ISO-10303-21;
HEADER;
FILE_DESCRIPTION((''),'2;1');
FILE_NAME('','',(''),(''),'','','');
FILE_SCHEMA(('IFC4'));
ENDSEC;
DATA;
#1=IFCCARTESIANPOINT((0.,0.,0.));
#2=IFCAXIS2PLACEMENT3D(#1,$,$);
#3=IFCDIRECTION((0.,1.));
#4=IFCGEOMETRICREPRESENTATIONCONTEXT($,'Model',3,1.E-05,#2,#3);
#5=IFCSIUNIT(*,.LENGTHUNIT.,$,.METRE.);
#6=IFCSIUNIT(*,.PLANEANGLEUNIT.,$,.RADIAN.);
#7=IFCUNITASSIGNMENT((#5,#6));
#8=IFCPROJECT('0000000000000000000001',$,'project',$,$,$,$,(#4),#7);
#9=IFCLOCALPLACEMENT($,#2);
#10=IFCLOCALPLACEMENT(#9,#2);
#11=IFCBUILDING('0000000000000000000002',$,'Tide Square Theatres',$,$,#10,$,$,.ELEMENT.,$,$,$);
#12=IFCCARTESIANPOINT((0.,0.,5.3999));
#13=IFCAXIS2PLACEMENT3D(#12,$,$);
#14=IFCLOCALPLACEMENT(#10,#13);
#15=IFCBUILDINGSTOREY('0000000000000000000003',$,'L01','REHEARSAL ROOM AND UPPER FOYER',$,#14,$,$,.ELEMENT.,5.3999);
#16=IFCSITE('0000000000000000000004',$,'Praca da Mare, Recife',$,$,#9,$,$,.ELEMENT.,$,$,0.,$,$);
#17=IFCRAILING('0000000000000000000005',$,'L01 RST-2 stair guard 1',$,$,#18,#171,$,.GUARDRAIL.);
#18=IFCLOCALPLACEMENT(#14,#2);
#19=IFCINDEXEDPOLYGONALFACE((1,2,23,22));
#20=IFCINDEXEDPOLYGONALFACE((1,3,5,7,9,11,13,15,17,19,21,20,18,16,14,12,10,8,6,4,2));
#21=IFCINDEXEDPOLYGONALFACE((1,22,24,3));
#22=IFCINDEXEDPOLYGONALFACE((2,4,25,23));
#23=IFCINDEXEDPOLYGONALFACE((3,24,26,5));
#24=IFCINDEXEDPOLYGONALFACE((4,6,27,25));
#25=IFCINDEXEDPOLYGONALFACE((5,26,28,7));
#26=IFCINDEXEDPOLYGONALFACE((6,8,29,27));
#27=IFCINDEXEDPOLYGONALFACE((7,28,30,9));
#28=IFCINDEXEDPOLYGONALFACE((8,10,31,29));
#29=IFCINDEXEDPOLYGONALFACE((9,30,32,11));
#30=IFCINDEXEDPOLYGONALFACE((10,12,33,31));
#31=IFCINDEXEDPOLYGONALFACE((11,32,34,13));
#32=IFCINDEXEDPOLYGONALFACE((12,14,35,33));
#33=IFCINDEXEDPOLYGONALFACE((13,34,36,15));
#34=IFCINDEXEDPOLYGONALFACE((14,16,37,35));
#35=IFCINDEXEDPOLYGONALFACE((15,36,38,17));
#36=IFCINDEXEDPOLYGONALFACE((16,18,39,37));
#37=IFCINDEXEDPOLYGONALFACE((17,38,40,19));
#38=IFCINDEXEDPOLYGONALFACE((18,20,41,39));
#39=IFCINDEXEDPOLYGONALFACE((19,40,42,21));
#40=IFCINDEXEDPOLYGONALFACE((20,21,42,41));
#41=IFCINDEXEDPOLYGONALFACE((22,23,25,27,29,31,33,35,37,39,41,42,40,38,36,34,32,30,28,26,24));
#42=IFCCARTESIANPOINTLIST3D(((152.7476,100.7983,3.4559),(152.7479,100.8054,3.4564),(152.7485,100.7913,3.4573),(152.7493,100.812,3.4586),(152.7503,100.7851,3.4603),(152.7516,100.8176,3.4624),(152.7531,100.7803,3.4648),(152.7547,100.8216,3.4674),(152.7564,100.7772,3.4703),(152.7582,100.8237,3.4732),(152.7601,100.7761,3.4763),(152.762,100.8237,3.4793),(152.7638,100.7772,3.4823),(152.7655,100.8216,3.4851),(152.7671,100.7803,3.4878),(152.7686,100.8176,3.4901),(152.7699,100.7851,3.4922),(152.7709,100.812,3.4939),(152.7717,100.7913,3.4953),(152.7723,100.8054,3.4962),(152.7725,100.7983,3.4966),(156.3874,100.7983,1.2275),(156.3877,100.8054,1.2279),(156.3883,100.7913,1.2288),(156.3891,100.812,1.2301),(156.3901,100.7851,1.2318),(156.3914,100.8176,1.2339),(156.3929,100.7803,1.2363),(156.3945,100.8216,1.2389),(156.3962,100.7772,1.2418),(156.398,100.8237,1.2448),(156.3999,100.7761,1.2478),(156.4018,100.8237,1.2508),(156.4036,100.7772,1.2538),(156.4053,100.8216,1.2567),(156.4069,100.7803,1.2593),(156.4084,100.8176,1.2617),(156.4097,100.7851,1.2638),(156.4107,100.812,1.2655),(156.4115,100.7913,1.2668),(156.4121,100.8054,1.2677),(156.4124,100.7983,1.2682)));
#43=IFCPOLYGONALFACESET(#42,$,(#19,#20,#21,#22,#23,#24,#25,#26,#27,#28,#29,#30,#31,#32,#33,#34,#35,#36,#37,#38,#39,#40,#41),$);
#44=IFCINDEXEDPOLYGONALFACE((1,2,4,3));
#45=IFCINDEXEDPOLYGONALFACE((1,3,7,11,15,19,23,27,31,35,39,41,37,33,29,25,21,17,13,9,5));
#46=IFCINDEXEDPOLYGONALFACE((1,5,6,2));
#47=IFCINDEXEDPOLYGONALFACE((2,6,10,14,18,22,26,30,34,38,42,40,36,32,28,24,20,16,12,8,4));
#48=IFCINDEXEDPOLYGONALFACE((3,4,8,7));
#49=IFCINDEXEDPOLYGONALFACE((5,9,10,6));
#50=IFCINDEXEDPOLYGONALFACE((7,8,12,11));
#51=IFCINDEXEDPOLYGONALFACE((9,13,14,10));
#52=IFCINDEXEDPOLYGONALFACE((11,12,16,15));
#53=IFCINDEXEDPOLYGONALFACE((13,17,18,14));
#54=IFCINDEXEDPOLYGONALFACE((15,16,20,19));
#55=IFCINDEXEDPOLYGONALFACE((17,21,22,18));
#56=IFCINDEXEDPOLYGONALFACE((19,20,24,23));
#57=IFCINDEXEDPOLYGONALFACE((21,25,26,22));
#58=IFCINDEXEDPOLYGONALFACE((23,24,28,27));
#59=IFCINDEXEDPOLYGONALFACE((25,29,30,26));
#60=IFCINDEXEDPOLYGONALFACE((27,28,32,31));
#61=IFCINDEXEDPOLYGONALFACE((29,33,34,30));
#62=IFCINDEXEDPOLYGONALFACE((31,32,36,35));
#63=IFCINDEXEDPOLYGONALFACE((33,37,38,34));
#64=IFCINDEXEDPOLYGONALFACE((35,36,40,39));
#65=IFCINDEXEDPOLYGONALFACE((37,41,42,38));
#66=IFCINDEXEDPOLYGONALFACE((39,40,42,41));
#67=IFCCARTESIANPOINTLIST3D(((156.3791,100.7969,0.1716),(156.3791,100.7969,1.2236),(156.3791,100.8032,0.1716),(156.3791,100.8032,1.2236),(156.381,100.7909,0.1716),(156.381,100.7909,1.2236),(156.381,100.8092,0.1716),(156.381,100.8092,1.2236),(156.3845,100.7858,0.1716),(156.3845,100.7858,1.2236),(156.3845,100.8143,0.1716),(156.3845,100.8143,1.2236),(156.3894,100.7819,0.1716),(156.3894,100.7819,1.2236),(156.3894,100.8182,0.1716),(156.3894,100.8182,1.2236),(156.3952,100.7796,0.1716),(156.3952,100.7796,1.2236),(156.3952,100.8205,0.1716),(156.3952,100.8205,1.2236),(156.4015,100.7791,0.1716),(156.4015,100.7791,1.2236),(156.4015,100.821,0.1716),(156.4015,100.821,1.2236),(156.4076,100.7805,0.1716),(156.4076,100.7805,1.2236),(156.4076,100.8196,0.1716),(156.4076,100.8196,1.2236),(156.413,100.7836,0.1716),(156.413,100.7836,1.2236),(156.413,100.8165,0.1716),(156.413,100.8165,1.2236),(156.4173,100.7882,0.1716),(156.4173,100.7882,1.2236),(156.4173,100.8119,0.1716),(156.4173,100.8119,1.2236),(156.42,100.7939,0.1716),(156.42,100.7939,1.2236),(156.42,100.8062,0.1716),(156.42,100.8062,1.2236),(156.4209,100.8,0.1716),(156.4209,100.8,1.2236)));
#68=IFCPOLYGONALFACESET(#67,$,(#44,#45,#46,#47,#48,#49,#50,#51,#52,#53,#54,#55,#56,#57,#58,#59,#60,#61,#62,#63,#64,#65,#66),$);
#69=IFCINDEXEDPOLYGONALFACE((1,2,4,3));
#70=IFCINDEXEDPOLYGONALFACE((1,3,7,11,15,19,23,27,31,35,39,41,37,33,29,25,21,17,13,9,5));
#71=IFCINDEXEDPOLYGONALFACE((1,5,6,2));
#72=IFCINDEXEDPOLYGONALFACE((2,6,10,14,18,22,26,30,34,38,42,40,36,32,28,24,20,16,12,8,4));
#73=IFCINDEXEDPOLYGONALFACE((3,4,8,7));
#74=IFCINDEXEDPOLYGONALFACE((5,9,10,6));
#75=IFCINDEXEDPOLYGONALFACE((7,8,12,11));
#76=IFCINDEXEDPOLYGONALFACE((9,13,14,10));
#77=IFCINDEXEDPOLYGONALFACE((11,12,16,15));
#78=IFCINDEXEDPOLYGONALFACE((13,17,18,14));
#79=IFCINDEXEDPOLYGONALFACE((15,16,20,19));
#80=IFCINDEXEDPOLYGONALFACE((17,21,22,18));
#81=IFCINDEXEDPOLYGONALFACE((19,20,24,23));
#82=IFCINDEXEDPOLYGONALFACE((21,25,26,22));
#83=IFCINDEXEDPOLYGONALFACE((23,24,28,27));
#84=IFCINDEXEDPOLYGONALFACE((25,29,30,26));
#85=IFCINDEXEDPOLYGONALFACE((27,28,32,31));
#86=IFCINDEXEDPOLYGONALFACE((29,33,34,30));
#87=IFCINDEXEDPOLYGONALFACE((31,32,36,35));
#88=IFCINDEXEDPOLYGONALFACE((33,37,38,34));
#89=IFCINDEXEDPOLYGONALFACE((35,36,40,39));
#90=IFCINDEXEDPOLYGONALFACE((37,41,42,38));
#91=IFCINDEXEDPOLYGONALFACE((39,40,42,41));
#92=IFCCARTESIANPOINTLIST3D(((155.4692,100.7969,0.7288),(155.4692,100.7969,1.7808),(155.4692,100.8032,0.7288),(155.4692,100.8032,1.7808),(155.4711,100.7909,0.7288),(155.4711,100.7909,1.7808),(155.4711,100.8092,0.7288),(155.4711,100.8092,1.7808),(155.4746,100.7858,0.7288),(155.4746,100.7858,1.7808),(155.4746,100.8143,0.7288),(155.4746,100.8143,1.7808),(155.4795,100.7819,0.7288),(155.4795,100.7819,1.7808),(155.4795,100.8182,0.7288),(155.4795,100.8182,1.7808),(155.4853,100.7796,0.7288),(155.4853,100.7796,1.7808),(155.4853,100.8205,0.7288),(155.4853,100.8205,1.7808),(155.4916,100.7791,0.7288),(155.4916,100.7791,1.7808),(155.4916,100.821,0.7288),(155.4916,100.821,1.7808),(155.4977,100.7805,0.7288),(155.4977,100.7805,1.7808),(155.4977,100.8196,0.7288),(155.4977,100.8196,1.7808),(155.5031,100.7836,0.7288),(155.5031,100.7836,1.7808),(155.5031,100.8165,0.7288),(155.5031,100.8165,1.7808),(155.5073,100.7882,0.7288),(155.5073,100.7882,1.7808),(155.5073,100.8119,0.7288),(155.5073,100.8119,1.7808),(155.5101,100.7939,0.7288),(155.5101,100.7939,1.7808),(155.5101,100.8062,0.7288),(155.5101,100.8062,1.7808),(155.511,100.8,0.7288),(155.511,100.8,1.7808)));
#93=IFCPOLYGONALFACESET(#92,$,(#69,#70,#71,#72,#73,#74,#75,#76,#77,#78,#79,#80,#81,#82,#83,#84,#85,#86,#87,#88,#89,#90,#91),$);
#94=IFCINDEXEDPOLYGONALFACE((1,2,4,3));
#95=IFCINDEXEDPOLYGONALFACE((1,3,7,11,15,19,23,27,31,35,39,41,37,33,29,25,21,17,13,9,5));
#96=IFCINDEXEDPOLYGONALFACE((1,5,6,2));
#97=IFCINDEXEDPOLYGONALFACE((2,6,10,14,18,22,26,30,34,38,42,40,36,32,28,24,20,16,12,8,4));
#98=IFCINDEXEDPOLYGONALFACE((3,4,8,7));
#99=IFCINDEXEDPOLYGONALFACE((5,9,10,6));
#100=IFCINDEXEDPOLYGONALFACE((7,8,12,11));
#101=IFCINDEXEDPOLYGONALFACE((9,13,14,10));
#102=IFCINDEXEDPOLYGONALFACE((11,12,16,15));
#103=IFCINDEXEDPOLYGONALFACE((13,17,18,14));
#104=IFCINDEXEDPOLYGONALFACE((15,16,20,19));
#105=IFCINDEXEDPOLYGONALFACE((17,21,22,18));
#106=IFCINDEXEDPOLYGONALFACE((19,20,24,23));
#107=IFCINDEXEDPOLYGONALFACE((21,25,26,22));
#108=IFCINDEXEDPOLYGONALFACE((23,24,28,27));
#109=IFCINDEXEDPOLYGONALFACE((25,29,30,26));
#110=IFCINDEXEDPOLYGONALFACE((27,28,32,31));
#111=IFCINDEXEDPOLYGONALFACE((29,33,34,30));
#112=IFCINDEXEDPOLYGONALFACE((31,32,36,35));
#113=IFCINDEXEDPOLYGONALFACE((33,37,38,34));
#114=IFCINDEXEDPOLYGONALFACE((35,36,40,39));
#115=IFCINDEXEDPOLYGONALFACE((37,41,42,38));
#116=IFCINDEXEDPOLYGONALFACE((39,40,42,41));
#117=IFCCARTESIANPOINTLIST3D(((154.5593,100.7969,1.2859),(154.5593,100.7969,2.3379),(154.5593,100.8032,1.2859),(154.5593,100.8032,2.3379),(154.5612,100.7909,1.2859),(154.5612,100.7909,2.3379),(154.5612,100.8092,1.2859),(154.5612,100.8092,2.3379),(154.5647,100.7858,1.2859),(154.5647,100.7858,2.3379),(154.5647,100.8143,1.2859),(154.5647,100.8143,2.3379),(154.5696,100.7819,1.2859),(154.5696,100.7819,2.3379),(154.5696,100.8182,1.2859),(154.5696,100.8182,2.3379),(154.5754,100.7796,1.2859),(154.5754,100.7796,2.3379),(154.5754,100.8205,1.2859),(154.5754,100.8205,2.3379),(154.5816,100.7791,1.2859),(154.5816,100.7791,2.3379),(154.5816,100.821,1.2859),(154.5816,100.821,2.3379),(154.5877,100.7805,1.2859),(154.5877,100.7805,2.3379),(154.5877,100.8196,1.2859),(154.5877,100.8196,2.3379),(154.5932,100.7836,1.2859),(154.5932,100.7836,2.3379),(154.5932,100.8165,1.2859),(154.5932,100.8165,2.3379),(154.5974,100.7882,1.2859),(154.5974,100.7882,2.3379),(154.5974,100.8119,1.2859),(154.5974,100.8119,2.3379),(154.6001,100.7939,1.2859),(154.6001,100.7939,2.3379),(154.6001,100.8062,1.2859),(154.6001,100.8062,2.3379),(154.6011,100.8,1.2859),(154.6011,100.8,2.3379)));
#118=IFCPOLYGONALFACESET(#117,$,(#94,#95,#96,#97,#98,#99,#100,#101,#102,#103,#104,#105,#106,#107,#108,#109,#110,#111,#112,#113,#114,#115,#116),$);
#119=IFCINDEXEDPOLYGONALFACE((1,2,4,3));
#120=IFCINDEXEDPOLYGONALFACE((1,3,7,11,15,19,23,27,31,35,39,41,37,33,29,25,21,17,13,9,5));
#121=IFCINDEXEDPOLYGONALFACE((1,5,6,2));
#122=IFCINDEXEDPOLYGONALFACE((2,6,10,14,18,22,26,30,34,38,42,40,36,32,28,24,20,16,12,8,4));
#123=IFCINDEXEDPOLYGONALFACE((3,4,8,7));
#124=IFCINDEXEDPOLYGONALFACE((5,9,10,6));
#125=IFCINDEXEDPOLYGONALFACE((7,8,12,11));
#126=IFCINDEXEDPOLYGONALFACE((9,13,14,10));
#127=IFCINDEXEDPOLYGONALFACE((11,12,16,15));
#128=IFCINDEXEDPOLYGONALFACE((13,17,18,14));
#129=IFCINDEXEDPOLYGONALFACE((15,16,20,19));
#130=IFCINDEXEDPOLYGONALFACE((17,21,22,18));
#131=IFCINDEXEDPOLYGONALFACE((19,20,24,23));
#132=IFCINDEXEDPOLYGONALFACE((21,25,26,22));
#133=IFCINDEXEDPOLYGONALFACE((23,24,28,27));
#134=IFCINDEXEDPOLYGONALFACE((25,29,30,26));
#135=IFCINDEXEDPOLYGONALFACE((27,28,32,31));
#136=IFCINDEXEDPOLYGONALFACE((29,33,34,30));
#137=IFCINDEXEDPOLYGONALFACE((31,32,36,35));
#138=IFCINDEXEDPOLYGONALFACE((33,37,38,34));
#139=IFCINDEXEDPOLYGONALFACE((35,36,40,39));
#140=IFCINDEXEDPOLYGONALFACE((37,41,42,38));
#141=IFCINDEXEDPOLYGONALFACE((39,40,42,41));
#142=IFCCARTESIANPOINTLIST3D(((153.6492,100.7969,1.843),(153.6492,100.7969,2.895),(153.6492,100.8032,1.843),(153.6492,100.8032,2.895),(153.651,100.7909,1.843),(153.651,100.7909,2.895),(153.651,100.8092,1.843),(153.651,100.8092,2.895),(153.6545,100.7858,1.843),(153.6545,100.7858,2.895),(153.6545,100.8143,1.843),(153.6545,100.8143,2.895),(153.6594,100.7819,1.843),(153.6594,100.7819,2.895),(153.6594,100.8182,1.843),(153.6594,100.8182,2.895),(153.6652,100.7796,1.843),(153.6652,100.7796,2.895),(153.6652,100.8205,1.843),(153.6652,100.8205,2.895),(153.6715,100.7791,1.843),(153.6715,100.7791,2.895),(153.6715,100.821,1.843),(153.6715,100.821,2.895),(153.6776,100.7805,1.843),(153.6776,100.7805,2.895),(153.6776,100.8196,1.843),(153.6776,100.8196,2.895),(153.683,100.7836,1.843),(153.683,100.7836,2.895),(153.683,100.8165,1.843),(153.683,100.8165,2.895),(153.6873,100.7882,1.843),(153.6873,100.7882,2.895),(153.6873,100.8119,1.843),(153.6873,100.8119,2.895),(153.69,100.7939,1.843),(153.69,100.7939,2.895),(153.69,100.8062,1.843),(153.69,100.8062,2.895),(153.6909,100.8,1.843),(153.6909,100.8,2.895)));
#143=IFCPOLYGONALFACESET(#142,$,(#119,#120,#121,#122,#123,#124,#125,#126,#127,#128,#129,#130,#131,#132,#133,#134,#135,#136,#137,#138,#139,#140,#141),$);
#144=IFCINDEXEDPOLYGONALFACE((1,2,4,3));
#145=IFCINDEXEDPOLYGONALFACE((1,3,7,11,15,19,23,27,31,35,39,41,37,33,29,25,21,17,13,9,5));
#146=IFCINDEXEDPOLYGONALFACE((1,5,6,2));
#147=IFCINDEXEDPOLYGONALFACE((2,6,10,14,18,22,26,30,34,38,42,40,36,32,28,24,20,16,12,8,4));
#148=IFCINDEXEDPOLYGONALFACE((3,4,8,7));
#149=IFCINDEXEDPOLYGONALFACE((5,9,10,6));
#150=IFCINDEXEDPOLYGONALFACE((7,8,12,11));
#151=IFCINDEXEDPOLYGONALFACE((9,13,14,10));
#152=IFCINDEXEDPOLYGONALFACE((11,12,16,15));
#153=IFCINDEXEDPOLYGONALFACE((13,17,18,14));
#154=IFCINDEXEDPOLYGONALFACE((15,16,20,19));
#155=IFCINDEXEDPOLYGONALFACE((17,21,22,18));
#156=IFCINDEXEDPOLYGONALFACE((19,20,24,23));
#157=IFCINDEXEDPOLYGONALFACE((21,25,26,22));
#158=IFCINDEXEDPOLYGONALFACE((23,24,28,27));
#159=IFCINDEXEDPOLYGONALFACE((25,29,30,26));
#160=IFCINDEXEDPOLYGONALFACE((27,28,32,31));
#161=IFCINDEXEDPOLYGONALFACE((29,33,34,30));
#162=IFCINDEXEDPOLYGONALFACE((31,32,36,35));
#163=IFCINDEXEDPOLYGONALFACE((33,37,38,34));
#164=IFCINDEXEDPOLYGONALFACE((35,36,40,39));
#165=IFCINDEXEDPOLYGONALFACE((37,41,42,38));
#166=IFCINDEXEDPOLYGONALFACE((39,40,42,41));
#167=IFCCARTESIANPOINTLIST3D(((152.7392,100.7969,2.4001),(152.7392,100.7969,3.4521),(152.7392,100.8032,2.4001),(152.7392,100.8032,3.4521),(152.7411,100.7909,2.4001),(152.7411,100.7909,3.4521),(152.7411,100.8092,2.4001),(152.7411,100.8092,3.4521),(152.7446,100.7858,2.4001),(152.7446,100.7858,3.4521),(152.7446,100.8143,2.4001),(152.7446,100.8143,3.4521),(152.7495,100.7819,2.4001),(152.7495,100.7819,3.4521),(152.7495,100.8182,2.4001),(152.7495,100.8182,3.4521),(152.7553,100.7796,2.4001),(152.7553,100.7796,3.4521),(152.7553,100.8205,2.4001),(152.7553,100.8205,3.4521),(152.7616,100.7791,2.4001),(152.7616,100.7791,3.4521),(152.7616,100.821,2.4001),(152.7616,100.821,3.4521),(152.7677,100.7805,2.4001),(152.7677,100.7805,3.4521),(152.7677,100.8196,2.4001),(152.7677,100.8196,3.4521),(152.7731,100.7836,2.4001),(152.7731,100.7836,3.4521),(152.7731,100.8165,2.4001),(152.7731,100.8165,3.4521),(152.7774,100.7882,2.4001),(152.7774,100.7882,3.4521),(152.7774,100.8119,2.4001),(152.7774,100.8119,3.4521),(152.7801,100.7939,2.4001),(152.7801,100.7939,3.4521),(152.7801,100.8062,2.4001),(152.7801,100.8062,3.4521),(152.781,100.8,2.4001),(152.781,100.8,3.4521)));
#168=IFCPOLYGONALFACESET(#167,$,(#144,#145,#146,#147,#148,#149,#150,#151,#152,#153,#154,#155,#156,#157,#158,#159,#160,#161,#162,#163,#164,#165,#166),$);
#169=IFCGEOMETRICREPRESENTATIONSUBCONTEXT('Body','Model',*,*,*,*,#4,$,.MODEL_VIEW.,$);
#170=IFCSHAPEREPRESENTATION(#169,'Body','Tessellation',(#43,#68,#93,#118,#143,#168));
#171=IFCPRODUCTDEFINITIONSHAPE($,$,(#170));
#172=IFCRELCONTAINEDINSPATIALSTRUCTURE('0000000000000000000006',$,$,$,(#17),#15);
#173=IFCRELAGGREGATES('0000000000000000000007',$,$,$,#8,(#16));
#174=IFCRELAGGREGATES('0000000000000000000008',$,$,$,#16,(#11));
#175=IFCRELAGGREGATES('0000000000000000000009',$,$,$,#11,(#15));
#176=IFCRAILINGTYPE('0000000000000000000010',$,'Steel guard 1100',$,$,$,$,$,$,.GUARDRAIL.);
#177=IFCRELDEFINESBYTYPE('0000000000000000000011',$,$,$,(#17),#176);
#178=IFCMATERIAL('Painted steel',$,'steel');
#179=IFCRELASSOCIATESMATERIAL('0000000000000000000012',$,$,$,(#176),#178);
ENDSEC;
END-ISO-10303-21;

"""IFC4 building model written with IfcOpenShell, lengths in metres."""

from ifc_helpers import new_model, si_unit, direction, frame, origin, origin_2d, place, context, subcontext, project, spatial, circle, extrude, material, type_object, element, save


model = new_model("IFC4")

# Units and contexts
model_context = context("Model", 3, precision=1e-05, world=origin(), true_north=direction((0.0, 1.0)))
body_context = subcontext(model_context, "Body", "Model", "MODEL_VIEW")
ifc_project = project(units=[si_unit("LENGTHUNIT", "METRE"), si_unit("PLANEANGLEUNIT", "RADIAN")], contexts=[model_context])

# Site, building, storey
site_placement = place(None, origin())
site = spatial("IfcSite", under=ifc_project, at=site_placement, Name="Praca da Mare, Recife", CompositionType="ELEMENT", RefElevation=0.0)
building_placement = place(site_placement, origin())
building = spatial("IfcBuilding", under=site, at=building_placement, Name="Tide Square Theatres", CompositionType="ELEMENT")
storey_placement = place(building_placement, frame((0.0, 0.0, 5.3999)))
storey = spatial("IfcBuildingStorey", under=building, at=storey_placement, Name="L01", Description="REHEARSAL ROOM AND UPPER FOYER", CompositionType="ELEMENT", Elevation=5.3999)

# Railing
ifc_material_1 = material(Name="Painted steel", Category="steel")
railing_type_1 = type_object("IfcRailingType", Name="Steel guard 1100", PredefinedType="GUARDRAIL", material=ifc_material_1)
railing_1_placement = place(storey_placement, frame((156.3999, 100.8, 0.1716)))
element("IfcRailing", 1, at=railing_1_placement, inside=storey, type_object=railing_type_1, Name="L01 RST-2 stair guard 1", PredefinedType="GUARDRAIL", context=body_context, shape_type="SweptSolid", body=[
    extrude(circle(Radius=0.0239, at=origin_2d()), frame((0.0, 0.0, 1.0762), z_axis=(-0.85285, 0.0, 0.522156), x_axis=(0.0, -1.0, 0.0)), (0.0, 0.0, 1.0), 4.2678),
    extrude(circle(Radius=0.021, at=origin_2d()), origin(), (0.0, 0.0, 1.0), 1.052),
    extrude(circle(Radius=0.021, at=origin_2d()), frame((-0.9099, 0.0, 0.5571)), (0.0, 0.0, 1.0), 1.052),
    extrude(circle(Radius=0.021, at=origin_2d()), frame((-1.8198, 0.0, 1.1143)), (0.0, 0.0, 1.0), 1.052),
    extrude(circle(Radius=0.021, at=origin_2d()), frame((-2.73, 0.0, 1.6714)), (0.0, 0.0, 1.0), 1.052),
    extrude(circle(Radius=0.021, at=origin_2d()), frame((-3.6399, 0.0, 2.2285)), (0.0, 0.0, 1.0), 1.052),
])

save(model, "model.ifc")
